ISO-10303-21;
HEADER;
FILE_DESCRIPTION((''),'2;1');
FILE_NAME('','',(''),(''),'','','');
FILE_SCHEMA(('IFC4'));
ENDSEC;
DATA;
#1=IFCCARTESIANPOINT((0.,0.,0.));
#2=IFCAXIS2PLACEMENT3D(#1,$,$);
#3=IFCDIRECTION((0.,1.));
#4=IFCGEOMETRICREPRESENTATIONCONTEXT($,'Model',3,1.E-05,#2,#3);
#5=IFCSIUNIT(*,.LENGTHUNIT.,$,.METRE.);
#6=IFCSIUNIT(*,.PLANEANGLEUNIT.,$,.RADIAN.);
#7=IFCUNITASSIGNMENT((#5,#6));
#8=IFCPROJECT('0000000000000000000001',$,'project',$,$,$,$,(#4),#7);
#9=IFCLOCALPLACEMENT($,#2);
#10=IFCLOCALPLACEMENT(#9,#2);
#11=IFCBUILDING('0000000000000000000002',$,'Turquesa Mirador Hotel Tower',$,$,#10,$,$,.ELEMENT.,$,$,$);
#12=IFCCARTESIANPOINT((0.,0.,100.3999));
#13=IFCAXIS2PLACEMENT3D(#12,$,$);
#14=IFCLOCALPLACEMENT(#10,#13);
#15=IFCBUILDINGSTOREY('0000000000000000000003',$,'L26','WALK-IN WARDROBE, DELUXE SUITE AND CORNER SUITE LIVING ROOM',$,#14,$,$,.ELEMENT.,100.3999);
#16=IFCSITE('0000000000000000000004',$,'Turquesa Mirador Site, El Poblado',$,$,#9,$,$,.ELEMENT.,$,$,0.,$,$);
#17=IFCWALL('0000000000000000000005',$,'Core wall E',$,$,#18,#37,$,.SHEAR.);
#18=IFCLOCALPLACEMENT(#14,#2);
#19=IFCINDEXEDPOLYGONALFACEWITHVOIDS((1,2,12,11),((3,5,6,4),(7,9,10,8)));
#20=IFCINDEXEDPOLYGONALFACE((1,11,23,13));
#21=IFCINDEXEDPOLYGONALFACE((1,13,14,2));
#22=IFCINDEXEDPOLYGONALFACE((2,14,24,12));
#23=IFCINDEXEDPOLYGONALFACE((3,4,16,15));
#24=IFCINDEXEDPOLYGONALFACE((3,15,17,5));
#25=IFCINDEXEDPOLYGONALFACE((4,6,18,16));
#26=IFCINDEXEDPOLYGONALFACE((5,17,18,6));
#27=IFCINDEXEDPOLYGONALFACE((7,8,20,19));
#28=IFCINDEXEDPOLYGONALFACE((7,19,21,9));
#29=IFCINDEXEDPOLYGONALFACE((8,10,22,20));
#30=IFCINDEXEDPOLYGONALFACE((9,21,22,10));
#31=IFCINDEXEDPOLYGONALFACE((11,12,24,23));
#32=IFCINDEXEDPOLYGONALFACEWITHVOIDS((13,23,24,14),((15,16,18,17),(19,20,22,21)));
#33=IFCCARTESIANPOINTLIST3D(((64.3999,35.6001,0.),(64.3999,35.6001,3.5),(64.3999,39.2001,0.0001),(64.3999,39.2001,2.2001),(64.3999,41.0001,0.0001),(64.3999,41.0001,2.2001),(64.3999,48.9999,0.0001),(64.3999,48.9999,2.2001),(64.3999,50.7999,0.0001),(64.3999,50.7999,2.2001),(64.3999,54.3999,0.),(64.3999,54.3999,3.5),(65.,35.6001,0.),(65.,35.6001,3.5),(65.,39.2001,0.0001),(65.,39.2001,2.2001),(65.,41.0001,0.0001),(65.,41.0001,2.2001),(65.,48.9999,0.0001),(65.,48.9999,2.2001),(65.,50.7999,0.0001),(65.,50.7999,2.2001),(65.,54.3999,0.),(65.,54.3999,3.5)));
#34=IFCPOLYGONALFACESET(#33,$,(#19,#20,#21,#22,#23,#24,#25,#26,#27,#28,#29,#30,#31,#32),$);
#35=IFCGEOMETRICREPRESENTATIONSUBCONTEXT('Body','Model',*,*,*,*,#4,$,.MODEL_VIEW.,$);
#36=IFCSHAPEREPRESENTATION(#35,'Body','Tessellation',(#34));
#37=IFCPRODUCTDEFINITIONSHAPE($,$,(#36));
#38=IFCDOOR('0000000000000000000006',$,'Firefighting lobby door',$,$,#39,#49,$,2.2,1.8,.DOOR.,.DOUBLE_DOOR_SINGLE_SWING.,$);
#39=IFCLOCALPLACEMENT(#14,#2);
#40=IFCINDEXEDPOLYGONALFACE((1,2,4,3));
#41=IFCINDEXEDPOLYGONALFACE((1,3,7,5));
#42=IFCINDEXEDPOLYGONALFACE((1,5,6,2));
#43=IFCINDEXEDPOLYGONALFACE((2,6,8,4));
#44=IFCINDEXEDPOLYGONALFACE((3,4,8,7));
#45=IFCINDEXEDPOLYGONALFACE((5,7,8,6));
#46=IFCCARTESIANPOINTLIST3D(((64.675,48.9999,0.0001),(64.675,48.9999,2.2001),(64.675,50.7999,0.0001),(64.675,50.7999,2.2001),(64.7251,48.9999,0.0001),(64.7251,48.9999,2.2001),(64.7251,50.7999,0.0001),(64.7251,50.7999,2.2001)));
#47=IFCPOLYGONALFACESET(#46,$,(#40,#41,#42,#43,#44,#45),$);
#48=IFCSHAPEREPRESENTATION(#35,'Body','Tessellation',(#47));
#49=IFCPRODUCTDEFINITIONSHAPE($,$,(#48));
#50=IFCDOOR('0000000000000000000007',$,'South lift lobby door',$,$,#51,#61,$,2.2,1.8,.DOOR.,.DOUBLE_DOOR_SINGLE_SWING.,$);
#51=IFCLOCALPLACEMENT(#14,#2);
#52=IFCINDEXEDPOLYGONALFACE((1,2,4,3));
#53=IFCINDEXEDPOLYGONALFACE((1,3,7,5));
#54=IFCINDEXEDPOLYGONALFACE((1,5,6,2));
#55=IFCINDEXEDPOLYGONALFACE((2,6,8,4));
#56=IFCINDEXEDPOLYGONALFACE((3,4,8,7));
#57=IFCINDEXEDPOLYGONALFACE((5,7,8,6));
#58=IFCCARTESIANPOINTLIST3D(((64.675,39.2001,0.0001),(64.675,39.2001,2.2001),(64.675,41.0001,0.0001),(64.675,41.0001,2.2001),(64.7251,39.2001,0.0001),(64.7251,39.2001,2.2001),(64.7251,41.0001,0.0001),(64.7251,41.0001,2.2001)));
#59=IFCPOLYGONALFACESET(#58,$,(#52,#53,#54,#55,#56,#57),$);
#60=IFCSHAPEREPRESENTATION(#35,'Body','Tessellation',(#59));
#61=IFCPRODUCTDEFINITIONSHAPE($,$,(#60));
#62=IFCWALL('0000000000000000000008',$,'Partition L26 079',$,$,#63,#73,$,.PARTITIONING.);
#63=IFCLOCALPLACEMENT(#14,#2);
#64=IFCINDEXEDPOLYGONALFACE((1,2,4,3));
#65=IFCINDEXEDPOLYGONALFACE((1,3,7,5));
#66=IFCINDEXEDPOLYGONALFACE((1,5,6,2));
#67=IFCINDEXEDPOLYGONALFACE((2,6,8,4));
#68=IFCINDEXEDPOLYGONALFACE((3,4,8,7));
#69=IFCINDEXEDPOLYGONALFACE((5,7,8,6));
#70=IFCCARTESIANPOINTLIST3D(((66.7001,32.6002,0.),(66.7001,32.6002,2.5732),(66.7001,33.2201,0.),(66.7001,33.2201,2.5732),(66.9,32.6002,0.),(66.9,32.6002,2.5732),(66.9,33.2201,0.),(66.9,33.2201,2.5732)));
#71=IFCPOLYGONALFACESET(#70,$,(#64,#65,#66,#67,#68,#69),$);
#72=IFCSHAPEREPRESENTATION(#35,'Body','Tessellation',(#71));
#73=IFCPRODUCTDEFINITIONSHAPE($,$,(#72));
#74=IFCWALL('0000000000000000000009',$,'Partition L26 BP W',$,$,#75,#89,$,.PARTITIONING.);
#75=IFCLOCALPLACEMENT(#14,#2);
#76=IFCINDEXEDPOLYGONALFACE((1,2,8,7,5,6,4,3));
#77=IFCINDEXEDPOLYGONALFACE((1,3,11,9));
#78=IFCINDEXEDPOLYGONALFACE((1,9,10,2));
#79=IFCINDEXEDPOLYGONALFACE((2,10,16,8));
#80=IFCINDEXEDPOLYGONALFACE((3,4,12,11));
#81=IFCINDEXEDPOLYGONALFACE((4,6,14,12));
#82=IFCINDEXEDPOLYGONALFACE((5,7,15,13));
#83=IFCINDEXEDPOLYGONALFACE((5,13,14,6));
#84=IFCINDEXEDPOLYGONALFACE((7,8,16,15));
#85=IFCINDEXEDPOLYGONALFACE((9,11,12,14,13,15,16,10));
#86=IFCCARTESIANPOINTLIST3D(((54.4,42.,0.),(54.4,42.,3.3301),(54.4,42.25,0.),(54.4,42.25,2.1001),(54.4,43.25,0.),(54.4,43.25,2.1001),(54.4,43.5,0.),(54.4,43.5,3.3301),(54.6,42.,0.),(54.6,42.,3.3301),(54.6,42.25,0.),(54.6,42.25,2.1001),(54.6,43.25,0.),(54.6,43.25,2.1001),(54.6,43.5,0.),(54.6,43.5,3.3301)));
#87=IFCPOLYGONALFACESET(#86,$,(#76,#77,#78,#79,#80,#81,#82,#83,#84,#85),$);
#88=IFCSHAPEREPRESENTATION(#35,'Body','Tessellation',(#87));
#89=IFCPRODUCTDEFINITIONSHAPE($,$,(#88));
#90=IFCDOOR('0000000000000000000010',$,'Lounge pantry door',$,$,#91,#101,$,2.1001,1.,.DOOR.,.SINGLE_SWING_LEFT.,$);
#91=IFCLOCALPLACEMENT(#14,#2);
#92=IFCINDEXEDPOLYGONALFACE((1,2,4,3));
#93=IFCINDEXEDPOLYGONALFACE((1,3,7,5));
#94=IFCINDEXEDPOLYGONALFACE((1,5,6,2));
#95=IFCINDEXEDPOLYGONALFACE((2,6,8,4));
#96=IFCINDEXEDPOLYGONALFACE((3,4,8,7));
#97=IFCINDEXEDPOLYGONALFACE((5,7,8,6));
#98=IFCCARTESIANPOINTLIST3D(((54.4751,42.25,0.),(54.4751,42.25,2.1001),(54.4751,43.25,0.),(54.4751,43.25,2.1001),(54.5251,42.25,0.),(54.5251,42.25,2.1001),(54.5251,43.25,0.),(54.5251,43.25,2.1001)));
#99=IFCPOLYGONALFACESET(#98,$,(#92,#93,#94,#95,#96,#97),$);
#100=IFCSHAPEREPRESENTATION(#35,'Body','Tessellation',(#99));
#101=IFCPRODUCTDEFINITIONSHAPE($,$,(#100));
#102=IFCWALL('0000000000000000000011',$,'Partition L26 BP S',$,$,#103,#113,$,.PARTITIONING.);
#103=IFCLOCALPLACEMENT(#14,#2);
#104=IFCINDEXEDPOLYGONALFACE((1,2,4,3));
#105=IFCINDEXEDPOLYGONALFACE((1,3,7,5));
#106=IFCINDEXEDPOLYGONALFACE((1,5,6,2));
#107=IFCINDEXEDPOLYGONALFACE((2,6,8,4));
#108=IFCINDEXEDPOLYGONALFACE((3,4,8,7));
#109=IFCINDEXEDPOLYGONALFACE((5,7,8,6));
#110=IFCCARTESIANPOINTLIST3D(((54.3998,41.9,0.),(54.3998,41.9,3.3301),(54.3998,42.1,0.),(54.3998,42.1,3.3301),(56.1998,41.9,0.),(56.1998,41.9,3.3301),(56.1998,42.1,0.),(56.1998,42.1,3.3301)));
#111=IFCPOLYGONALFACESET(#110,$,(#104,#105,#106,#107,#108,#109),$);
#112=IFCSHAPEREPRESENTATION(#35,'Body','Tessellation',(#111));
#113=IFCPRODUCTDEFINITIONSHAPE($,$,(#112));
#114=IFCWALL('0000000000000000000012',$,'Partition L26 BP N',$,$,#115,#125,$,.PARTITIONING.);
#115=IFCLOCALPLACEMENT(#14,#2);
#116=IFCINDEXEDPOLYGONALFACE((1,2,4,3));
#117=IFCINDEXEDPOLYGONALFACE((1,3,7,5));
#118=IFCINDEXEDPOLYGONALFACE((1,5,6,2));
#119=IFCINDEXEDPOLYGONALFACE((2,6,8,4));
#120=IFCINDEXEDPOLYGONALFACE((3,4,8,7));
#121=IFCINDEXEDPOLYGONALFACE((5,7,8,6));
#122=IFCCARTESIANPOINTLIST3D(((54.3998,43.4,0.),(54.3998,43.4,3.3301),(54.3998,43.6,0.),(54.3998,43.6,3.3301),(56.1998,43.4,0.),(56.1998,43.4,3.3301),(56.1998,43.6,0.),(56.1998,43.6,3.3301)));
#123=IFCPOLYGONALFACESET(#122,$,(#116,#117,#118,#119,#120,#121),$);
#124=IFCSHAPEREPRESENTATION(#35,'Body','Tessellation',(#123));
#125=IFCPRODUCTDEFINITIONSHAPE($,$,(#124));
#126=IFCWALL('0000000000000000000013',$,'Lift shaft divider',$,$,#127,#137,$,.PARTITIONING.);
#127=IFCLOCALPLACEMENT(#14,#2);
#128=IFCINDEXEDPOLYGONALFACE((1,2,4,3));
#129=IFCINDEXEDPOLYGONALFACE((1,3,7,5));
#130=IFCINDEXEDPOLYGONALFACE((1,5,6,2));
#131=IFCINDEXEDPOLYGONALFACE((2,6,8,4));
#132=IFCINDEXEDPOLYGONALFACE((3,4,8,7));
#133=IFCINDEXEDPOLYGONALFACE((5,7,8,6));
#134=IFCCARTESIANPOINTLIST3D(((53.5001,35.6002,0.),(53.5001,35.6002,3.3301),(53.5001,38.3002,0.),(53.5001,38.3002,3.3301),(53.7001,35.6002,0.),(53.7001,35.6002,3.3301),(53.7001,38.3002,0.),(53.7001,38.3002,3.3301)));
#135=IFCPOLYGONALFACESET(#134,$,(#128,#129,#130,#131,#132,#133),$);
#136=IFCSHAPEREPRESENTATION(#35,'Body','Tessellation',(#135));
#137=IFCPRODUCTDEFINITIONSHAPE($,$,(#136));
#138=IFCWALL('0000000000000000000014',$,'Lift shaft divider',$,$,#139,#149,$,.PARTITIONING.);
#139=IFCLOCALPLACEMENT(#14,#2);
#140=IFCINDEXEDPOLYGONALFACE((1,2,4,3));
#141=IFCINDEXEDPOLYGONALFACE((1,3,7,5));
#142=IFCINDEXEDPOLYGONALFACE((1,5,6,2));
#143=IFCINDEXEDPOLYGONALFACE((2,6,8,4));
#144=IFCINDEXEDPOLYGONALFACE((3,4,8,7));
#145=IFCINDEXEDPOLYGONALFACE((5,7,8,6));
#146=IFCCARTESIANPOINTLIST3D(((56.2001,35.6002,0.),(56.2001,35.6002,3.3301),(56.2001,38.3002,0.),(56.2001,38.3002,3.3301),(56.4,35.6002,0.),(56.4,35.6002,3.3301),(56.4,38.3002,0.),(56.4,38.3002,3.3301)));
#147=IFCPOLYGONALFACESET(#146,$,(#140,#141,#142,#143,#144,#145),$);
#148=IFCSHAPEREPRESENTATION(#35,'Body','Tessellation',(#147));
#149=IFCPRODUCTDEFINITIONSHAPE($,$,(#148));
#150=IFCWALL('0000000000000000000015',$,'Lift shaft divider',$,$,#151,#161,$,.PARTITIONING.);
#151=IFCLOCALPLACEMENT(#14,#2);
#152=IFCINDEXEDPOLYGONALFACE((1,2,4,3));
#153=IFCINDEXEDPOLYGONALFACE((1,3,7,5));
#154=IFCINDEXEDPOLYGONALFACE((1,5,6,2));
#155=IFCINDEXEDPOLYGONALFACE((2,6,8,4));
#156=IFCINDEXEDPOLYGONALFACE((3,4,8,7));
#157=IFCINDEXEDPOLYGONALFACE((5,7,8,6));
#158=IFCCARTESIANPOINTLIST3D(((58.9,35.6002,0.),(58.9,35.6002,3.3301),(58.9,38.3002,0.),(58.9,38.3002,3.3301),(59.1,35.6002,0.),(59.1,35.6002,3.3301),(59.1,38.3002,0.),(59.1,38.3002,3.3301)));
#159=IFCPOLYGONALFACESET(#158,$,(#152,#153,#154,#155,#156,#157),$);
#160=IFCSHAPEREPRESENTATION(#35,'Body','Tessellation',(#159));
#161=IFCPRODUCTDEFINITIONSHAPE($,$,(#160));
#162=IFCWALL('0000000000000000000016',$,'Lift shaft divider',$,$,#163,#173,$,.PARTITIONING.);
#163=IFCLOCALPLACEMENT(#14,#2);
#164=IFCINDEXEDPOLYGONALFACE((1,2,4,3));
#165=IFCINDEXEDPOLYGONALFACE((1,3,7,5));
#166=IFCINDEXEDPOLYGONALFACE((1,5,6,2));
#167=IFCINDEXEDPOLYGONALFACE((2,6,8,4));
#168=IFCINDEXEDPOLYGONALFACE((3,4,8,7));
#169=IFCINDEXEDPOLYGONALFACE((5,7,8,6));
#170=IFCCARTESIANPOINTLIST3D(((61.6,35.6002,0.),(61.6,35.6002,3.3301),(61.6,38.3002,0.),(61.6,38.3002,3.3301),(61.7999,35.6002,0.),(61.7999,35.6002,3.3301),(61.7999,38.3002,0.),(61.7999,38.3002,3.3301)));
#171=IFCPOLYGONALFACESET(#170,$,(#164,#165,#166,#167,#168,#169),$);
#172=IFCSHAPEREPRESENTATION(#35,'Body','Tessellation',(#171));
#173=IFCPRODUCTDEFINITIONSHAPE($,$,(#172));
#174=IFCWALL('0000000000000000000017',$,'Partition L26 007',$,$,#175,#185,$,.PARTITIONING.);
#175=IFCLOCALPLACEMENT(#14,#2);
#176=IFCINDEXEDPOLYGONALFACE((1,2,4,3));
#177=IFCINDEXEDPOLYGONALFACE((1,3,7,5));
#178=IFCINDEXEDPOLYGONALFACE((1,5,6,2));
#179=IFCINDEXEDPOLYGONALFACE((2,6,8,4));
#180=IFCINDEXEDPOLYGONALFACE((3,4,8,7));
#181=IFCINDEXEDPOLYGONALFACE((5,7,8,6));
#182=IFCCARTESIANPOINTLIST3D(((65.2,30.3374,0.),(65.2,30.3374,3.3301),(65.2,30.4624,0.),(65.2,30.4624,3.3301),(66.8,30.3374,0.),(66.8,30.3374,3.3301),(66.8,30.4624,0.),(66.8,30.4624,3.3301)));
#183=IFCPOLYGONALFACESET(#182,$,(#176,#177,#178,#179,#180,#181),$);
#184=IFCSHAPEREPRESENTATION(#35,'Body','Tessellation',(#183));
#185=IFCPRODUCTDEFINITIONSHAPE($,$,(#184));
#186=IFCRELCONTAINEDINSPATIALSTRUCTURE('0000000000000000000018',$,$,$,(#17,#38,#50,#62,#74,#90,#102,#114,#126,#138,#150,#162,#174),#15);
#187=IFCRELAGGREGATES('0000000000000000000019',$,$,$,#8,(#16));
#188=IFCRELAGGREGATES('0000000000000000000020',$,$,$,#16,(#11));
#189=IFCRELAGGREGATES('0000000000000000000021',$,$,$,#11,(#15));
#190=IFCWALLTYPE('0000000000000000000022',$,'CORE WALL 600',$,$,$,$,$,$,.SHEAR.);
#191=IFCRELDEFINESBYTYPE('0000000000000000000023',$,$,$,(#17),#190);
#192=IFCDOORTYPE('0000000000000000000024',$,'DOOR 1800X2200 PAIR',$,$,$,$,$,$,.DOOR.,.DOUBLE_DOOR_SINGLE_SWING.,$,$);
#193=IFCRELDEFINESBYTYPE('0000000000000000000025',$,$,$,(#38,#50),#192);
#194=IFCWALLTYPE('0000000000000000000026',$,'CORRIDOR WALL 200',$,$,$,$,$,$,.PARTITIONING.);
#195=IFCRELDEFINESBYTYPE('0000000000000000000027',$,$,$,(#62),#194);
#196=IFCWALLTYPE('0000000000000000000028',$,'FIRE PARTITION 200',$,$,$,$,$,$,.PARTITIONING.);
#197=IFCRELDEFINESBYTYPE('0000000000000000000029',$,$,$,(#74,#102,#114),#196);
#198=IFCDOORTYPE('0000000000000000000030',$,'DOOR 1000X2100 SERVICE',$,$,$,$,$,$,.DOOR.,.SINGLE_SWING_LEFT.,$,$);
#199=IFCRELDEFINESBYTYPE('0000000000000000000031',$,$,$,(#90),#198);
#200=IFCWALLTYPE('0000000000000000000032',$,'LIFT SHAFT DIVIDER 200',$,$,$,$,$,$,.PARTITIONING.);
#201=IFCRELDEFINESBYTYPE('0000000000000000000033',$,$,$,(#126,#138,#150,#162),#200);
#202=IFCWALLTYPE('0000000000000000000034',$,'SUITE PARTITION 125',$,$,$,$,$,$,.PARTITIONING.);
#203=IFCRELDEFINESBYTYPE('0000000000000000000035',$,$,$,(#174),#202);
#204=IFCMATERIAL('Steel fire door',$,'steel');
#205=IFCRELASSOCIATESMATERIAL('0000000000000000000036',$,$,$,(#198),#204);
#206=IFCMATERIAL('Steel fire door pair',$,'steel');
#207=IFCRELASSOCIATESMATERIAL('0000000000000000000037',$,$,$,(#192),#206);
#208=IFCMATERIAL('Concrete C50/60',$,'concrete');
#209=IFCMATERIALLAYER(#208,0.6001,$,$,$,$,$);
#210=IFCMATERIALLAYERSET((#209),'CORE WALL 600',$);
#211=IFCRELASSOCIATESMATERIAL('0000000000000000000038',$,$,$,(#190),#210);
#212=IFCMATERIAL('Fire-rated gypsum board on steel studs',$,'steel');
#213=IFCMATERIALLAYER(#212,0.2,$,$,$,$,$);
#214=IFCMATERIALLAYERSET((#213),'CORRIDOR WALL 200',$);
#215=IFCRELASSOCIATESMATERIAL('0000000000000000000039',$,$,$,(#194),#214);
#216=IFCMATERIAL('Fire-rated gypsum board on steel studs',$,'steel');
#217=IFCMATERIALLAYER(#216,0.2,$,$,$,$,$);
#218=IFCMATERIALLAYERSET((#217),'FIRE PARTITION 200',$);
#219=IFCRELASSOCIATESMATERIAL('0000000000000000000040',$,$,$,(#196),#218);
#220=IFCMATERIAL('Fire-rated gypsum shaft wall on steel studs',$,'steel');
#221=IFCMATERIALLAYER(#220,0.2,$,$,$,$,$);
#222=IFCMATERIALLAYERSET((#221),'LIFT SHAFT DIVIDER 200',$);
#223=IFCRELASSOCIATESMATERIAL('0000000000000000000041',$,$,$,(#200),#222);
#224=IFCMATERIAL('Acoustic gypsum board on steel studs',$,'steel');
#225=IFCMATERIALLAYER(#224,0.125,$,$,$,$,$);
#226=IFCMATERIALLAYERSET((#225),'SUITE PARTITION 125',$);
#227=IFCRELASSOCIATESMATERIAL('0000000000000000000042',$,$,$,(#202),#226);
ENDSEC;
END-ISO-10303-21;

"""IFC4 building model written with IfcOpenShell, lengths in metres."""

from ifc_helpers import new_model, si_unit, direction, frame, frame_2d, origin, place, context, subcontext, project, spatial, rectangle, extrude, material, layer, layer_set, type_object, element, fill, save


model = new_model("IFC4")

# Units and contexts
model_context = context("Model", 3, precision=1e-05, world=origin(), true_north=direction((0.0, 1.0)))
body_context = subcontext(model_context, "Body", "Model", "MODEL_VIEW")
ifc_project = project(units=[si_unit("LENGTHUNIT", "METRE"), si_unit("PLANEANGLEUNIT", "RADIAN")], contexts=[model_context])

# Site, building, storey
site_placement = place(None, origin())
site = spatial("IfcSite", under=ifc_project, at=site_placement, Name="Turquesa Mirador Site, El Poblado", CompositionType="ELEMENT", RefElevation=0.0)
building_placement = place(site_placement, origin())
building = spatial("IfcBuilding", under=site, at=building_placement, Name="Turquesa Mirador Hotel Tower", CompositionType="ELEMENT")
storey_placement = place(building_placement, frame((0.0, 0.0, 100.3999)))
storey = spatial("IfcBuildingStorey", under=building, at=storey_placement, Name="L26", Description="WALK-IN WARDROBE, DELUXE SUITE AND CORNER SUITE LIVING ROOM", CompositionType="ELEMENT", Elevation=100.3999)

# Shared definitions
ifc_material_1 = material(Name="Steel fire door", Category="steel")
door_type_1 = type_object("IfcDoorType", Name="DOOR 1000X2100 SERVICE", OperationType="SINGLE_SWING_LEFT", PredefinedType="DOOR", material=ifc_material_1)
ifc_material_2 = material(Name="Steel fire door pair", Category="steel")
door_type_2 = type_object("IfcDoorType", Name="DOOR 1800X2200 PAIR", OperationType="DOUBLE_DOOR_SINGLE_SWING", PredefinedType="DOOR", material=ifc_material_2)

# Wall, openings, doors
ifc_material_3 = material(Name="Concrete C50/60", Category="concrete")
ifc_layer_1 = layer(ifc_material_3, 0.6001)
ifc_layer_set_1 = layer_set([ifc_layer_1], Name="CORE WALL 600")
wall_type_1 = type_object("IfcWallType", Name="CORE WALL 600", PredefinedType="SHEAR", material=ifc_layer_set_1)
wall_1_placement = place(storey_placement, frame((64.7, 35.6001, 0.0), z_axis=(0.0, 0.0, 1.0), x_axis=(0.0, 1.0, 0.0)))
wall_1 = element("IfcWall", 1, at=wall_1_placement, inside=storey, type_object=wall_type_1, Name="Core wall E", PredefinedType="SHEAR", context=body_context, shape_type="SweptSolid", body=[
    extrude(rectangle(XDim=18.7998, YDim=0.6001, at=frame_2d((9.3999, 0.0))), origin(), (0.0, 0.0, 1.0), 3.5),
])
opening_1_placement = place(wall_1_placement, frame((13.3999, 0.0, 0.0)))
opening_1 = element("IfcOpeningElement", 2, at=opening_1_placement, cuts=wall_1, PredefinedType="OPENING", context=body_context, shape_type="SweptSolid", body=[
    extrude(rectangle(XDim=1.8, YDim=2.2, at=frame_2d((0.8999, 1.1001))), frame((0.0, 0.3101, 0.0), z_axis=(0.0, -1.0, 0.0), x_axis=(1.0, 0.0, 0.0)), (0.0, 0.0, 1.0), 0.6201),
])
opening_2_placement = place(wall_1_placement, frame((3.6001, 0.0, 0.0)))
opening_2 = element("IfcOpeningElement", 3, at=opening_2_placement, cuts=wall_1, PredefinedType="OPENING", context=body_context, shape_type="SweptSolid", body=[
    extrude(rectangle(XDim=1.8, YDim=2.2, at=frame_2d((0.8999, 1.1001))), frame((0.0, 0.3101, 0.0), z_axis=(0.0, -1.0, 0.0), x_axis=(1.0, 0.0, 0.0)), (0.0, 0.0, 1.0), 0.6201),
])
door_1_placement = place(opening_1_placement, origin())
door_1 = element("IfcDoor", 4, at=door_1_placement, inside=storey, type_object=door_type_2, Name="Firefighting lobby door", OperationType="DOUBLE_DOOR_SINGLE_SWING", OverallHeight=2.2, OverallWidth=1.8, PredefinedType="DOOR", context=body_context, shape_type="SweptSolid", body=[
    extrude(rectangle(XDim=1.8, YDim=2.2, at=frame_2d((0.8999, 1.1001))), frame((0.0, 0.0249, 0.0), z_axis=(0.0, -1.0, 0.0), x_axis=(1.0, 0.0, 0.0)), (0.0, 0.0, 1.0), 0.05),
])
fill(opening_1, door_1)
door_2_placement = place(opening_2_placement, origin())
door_2 = element("IfcDoor", 5, at=door_2_placement, inside=storey, type_object=door_type_2, Name="South lift lobby door", OperationType="DOUBLE_DOOR_SINGLE_SWING", OverallHeight=2.2, OverallWidth=1.8, PredefinedType="DOOR", context=body_context, shape_type="SweptSolid", body=[
    extrude(rectangle(XDim=1.8, YDim=2.2, at=frame_2d((0.8999, 1.1001))), frame((0.0, 0.0249, 0.0), z_axis=(0.0, -1.0, 0.0), x_axis=(1.0, 0.0, 0.0)), (0.0, 0.0, 1.0), 0.05),
])
fill(opening_2, door_2)

# Wall
ifc_material_4 = material(Name="Fire-rated gypsum board on steel studs", Category="steel")
ifc_layer_2 = layer(ifc_material_4, 0.2)
ifc_layer_set_2 = layer_set([ifc_layer_2], Name="CORRIDOR WALL 200")
wall_type_2 = type_object("IfcWallType", Name="CORRIDOR WALL 200", PredefinedType="PARTITIONING", material=ifc_layer_set_2)
wall_2_placement = place(storey_placement, frame((66.8, 32.6001, 0.0), z_axis=(0.0, 0.0, 1.0), x_axis=(0.0, 1.0, 0.0)))
element("IfcWall", 6, at=wall_2_placement, inside=storey, type_object=wall_type_2, Name="Partition L26 079", PredefinedType="PARTITIONING", context=body_context, shape_type="SweptSolid", body=[
    extrude(rectangle(XDim=0.6199, YDim=0.2, at=frame_2d((0.3101, 0.0))), origin(), (0.0, 0.0, 1.0), 2.5732),
])

# Wall, opening, door
ifc_material_5 = material(Name="Fire-rated gypsum board on steel studs", Category="steel")
ifc_layer_3 = layer(ifc_material_5, 0.2)
ifc_layer_set_3 = layer_set([ifc_layer_3], Name="FIRE PARTITION 200")
wall_type_3 = type_object("IfcWallType", Name="FIRE PARTITION 200", PredefinedType="PARTITIONING", material=ifc_layer_set_3)
wall_3_placement = place(storey_placement, frame((54.5, 42.0, 0.0), z_axis=(0.0, 0.0, 1.0), x_axis=(0.0, 1.0, 0.0)))
wall_3 = element("IfcWall", 7, at=wall_3_placement, inside=storey, type_object=wall_type_3, Name="Partition L26 BP W", PredefinedType="PARTITIONING", context=body_context, shape_type="SweptSolid", body=[
    extrude(rectangle(XDim=1.5, YDim=0.2, at=frame_2d((0.75, 0.0))), origin(), (0.0, 0.0, 1.0), 3.3301),
])
opening_3_placement = place(wall_3_placement, frame((0.25, 0.0, 0.0)))
opening_3 = element("IfcOpeningElement", 8, at=opening_3_placement, cuts=wall_3, PredefinedType="OPENING", context=body_context, shape_type="SweptSolid", body=[
    extrude(rectangle(XDim=1.0, YDim=2.1001, at=frame_2d((0.5, 1.05))), frame((0.0, 0.1099, 0.0), z_axis=(0.0, -1.0, 0.0), x_axis=(1.0, 0.0, 0.0)), (0.0, 0.0, 1.0), 0.22),
])
door_3_placement = place(opening_3_placement, origin())
door_3 = element("IfcDoor", 9, at=door_3_placement, inside=storey, type_object=door_type_1, Name="Lounge pantry door", OperationType="SINGLE_SWING_LEFT", OverallHeight=2.1001, OverallWidth=1.0, PredefinedType="DOOR", context=body_context, shape_type="SweptSolid", body=[
    extrude(rectangle(XDim=1.0, YDim=2.1001, at=frame_2d((0.5, 1.05))), frame((0.0, 0.0249, 0.0), z_axis=(0.0, -1.0, 0.0), x_axis=(1.0, 0.0, 0.0)), (0.0, 0.0, 1.0), 0.05),
])
fill(opening_3, door_3)

# Walls
for number, where, z_axis, x_axis, name in (
    (10, (54.3999, 42.0, 0.0), (0.0, 0.0, 1.0), (1.0, 0.0, 0.0), "Partition L26 BP S"),
    (11, (54.3999, 43.5, 0.0), (0.0, 0.0, 1.0), (1.0, 0.0, 0.0), "Partition L26 BP N"),
):
    element("IfcWall", number, at=place(storey_placement, frame(where, z_axis=z_axis, x_axis=x_axis)), inside=storey, type_object=wall_type_3, Name=name, PredefinedType="PARTITIONING", context=body_context, shape_type="SweptSolid", body=[
        extrude(rectangle(XDim=1.8, YDim=0.2, at=frame_2d((0.8999, 0.0))), origin(), (0.0, 0.0, 1.0), 3.3301),
    ])
ifc_material_6 = material(Name="Fire-rated gypsum shaft wall on steel studs", Category="steel")
ifc_layer_4 = layer(ifc_material_6, 0.2)
ifc_layer_set_4 = layer_set([ifc_layer_4], Name="LIFT SHAFT DIVIDER 200")
wall_type_4 = type_object("IfcWallType", Name="LIFT SHAFT DIVIDER 200", PredefinedType="PARTITIONING", material=ifc_layer_set_4)
for number, where, z_axis, x_axis, name in (
    (12, (53.6001, 35.6001, 0.0), (0.0, 0.0, 1.0), (0.0, 1.0, 0.0), "Lift shaft divider"),
    (13, (56.3, 35.6001, 0.0), (0.0, 0.0, 1.0), (0.0, 1.0, 0.0), "Lift shaft divider"),
    (14, (59.0, 35.6001, 0.0), (0.0, 0.0, 1.0), (0.0, 1.0, 0.0), "Lift shaft divider"),
    (15, (61.7, 35.6001, 0.0), (0.0, 0.0, 1.0), (0.0, 1.0, 0.0), "Lift shaft divider"),
):
    element("IfcWall", number, at=place(storey_placement, frame(where, z_axis=z_axis, x_axis=x_axis)), inside=storey, type_object=wall_type_4, Name=name, PredefinedType="PARTITIONING", context=body_context, shape_type="SweptSolid", body=[
        extrude(rectangle(XDim=2.7, YDim=0.2, at=frame_2d((1.3501, 0.0))), origin(), (0.0, 0.0, 1.0), 3.3301),
    ])
ifc_material_7 = material(Name="Acoustic gypsum board on steel studs", Category="steel")
ifc_layer_5 = layer(ifc_material_7, 0.125)
ifc_layer_set_5 = layer_set([ifc_layer_5], Name="SUITE PARTITION 125")
wall_type_5 = type_object("IfcWallType", Name="SUITE PARTITION 125", PredefinedType="PARTITIONING", material=ifc_layer_set_5)
wall_4_placement = place(storey_placement, frame((65.2, 30.3999, 0.0), z_axis=(0.0, 0.0, 1.0), x_axis=(1.0, 0.0, 0.0)))
element("IfcWall", 16, at=wall_4_placement, inside=storey, type_object=wall_type_5, Name="Partition L26 007", PredefinedType="PARTITIONING", context=body_context, shape_type="SweptSolid", body=[
    extrude(rectangle(XDim=1.6001, YDim=0.125, at=frame_2d((0.8, 0.0))), origin(), (0.0, 0.0, 1.0), 3.3301),
])

save(model, "model.ifc")
